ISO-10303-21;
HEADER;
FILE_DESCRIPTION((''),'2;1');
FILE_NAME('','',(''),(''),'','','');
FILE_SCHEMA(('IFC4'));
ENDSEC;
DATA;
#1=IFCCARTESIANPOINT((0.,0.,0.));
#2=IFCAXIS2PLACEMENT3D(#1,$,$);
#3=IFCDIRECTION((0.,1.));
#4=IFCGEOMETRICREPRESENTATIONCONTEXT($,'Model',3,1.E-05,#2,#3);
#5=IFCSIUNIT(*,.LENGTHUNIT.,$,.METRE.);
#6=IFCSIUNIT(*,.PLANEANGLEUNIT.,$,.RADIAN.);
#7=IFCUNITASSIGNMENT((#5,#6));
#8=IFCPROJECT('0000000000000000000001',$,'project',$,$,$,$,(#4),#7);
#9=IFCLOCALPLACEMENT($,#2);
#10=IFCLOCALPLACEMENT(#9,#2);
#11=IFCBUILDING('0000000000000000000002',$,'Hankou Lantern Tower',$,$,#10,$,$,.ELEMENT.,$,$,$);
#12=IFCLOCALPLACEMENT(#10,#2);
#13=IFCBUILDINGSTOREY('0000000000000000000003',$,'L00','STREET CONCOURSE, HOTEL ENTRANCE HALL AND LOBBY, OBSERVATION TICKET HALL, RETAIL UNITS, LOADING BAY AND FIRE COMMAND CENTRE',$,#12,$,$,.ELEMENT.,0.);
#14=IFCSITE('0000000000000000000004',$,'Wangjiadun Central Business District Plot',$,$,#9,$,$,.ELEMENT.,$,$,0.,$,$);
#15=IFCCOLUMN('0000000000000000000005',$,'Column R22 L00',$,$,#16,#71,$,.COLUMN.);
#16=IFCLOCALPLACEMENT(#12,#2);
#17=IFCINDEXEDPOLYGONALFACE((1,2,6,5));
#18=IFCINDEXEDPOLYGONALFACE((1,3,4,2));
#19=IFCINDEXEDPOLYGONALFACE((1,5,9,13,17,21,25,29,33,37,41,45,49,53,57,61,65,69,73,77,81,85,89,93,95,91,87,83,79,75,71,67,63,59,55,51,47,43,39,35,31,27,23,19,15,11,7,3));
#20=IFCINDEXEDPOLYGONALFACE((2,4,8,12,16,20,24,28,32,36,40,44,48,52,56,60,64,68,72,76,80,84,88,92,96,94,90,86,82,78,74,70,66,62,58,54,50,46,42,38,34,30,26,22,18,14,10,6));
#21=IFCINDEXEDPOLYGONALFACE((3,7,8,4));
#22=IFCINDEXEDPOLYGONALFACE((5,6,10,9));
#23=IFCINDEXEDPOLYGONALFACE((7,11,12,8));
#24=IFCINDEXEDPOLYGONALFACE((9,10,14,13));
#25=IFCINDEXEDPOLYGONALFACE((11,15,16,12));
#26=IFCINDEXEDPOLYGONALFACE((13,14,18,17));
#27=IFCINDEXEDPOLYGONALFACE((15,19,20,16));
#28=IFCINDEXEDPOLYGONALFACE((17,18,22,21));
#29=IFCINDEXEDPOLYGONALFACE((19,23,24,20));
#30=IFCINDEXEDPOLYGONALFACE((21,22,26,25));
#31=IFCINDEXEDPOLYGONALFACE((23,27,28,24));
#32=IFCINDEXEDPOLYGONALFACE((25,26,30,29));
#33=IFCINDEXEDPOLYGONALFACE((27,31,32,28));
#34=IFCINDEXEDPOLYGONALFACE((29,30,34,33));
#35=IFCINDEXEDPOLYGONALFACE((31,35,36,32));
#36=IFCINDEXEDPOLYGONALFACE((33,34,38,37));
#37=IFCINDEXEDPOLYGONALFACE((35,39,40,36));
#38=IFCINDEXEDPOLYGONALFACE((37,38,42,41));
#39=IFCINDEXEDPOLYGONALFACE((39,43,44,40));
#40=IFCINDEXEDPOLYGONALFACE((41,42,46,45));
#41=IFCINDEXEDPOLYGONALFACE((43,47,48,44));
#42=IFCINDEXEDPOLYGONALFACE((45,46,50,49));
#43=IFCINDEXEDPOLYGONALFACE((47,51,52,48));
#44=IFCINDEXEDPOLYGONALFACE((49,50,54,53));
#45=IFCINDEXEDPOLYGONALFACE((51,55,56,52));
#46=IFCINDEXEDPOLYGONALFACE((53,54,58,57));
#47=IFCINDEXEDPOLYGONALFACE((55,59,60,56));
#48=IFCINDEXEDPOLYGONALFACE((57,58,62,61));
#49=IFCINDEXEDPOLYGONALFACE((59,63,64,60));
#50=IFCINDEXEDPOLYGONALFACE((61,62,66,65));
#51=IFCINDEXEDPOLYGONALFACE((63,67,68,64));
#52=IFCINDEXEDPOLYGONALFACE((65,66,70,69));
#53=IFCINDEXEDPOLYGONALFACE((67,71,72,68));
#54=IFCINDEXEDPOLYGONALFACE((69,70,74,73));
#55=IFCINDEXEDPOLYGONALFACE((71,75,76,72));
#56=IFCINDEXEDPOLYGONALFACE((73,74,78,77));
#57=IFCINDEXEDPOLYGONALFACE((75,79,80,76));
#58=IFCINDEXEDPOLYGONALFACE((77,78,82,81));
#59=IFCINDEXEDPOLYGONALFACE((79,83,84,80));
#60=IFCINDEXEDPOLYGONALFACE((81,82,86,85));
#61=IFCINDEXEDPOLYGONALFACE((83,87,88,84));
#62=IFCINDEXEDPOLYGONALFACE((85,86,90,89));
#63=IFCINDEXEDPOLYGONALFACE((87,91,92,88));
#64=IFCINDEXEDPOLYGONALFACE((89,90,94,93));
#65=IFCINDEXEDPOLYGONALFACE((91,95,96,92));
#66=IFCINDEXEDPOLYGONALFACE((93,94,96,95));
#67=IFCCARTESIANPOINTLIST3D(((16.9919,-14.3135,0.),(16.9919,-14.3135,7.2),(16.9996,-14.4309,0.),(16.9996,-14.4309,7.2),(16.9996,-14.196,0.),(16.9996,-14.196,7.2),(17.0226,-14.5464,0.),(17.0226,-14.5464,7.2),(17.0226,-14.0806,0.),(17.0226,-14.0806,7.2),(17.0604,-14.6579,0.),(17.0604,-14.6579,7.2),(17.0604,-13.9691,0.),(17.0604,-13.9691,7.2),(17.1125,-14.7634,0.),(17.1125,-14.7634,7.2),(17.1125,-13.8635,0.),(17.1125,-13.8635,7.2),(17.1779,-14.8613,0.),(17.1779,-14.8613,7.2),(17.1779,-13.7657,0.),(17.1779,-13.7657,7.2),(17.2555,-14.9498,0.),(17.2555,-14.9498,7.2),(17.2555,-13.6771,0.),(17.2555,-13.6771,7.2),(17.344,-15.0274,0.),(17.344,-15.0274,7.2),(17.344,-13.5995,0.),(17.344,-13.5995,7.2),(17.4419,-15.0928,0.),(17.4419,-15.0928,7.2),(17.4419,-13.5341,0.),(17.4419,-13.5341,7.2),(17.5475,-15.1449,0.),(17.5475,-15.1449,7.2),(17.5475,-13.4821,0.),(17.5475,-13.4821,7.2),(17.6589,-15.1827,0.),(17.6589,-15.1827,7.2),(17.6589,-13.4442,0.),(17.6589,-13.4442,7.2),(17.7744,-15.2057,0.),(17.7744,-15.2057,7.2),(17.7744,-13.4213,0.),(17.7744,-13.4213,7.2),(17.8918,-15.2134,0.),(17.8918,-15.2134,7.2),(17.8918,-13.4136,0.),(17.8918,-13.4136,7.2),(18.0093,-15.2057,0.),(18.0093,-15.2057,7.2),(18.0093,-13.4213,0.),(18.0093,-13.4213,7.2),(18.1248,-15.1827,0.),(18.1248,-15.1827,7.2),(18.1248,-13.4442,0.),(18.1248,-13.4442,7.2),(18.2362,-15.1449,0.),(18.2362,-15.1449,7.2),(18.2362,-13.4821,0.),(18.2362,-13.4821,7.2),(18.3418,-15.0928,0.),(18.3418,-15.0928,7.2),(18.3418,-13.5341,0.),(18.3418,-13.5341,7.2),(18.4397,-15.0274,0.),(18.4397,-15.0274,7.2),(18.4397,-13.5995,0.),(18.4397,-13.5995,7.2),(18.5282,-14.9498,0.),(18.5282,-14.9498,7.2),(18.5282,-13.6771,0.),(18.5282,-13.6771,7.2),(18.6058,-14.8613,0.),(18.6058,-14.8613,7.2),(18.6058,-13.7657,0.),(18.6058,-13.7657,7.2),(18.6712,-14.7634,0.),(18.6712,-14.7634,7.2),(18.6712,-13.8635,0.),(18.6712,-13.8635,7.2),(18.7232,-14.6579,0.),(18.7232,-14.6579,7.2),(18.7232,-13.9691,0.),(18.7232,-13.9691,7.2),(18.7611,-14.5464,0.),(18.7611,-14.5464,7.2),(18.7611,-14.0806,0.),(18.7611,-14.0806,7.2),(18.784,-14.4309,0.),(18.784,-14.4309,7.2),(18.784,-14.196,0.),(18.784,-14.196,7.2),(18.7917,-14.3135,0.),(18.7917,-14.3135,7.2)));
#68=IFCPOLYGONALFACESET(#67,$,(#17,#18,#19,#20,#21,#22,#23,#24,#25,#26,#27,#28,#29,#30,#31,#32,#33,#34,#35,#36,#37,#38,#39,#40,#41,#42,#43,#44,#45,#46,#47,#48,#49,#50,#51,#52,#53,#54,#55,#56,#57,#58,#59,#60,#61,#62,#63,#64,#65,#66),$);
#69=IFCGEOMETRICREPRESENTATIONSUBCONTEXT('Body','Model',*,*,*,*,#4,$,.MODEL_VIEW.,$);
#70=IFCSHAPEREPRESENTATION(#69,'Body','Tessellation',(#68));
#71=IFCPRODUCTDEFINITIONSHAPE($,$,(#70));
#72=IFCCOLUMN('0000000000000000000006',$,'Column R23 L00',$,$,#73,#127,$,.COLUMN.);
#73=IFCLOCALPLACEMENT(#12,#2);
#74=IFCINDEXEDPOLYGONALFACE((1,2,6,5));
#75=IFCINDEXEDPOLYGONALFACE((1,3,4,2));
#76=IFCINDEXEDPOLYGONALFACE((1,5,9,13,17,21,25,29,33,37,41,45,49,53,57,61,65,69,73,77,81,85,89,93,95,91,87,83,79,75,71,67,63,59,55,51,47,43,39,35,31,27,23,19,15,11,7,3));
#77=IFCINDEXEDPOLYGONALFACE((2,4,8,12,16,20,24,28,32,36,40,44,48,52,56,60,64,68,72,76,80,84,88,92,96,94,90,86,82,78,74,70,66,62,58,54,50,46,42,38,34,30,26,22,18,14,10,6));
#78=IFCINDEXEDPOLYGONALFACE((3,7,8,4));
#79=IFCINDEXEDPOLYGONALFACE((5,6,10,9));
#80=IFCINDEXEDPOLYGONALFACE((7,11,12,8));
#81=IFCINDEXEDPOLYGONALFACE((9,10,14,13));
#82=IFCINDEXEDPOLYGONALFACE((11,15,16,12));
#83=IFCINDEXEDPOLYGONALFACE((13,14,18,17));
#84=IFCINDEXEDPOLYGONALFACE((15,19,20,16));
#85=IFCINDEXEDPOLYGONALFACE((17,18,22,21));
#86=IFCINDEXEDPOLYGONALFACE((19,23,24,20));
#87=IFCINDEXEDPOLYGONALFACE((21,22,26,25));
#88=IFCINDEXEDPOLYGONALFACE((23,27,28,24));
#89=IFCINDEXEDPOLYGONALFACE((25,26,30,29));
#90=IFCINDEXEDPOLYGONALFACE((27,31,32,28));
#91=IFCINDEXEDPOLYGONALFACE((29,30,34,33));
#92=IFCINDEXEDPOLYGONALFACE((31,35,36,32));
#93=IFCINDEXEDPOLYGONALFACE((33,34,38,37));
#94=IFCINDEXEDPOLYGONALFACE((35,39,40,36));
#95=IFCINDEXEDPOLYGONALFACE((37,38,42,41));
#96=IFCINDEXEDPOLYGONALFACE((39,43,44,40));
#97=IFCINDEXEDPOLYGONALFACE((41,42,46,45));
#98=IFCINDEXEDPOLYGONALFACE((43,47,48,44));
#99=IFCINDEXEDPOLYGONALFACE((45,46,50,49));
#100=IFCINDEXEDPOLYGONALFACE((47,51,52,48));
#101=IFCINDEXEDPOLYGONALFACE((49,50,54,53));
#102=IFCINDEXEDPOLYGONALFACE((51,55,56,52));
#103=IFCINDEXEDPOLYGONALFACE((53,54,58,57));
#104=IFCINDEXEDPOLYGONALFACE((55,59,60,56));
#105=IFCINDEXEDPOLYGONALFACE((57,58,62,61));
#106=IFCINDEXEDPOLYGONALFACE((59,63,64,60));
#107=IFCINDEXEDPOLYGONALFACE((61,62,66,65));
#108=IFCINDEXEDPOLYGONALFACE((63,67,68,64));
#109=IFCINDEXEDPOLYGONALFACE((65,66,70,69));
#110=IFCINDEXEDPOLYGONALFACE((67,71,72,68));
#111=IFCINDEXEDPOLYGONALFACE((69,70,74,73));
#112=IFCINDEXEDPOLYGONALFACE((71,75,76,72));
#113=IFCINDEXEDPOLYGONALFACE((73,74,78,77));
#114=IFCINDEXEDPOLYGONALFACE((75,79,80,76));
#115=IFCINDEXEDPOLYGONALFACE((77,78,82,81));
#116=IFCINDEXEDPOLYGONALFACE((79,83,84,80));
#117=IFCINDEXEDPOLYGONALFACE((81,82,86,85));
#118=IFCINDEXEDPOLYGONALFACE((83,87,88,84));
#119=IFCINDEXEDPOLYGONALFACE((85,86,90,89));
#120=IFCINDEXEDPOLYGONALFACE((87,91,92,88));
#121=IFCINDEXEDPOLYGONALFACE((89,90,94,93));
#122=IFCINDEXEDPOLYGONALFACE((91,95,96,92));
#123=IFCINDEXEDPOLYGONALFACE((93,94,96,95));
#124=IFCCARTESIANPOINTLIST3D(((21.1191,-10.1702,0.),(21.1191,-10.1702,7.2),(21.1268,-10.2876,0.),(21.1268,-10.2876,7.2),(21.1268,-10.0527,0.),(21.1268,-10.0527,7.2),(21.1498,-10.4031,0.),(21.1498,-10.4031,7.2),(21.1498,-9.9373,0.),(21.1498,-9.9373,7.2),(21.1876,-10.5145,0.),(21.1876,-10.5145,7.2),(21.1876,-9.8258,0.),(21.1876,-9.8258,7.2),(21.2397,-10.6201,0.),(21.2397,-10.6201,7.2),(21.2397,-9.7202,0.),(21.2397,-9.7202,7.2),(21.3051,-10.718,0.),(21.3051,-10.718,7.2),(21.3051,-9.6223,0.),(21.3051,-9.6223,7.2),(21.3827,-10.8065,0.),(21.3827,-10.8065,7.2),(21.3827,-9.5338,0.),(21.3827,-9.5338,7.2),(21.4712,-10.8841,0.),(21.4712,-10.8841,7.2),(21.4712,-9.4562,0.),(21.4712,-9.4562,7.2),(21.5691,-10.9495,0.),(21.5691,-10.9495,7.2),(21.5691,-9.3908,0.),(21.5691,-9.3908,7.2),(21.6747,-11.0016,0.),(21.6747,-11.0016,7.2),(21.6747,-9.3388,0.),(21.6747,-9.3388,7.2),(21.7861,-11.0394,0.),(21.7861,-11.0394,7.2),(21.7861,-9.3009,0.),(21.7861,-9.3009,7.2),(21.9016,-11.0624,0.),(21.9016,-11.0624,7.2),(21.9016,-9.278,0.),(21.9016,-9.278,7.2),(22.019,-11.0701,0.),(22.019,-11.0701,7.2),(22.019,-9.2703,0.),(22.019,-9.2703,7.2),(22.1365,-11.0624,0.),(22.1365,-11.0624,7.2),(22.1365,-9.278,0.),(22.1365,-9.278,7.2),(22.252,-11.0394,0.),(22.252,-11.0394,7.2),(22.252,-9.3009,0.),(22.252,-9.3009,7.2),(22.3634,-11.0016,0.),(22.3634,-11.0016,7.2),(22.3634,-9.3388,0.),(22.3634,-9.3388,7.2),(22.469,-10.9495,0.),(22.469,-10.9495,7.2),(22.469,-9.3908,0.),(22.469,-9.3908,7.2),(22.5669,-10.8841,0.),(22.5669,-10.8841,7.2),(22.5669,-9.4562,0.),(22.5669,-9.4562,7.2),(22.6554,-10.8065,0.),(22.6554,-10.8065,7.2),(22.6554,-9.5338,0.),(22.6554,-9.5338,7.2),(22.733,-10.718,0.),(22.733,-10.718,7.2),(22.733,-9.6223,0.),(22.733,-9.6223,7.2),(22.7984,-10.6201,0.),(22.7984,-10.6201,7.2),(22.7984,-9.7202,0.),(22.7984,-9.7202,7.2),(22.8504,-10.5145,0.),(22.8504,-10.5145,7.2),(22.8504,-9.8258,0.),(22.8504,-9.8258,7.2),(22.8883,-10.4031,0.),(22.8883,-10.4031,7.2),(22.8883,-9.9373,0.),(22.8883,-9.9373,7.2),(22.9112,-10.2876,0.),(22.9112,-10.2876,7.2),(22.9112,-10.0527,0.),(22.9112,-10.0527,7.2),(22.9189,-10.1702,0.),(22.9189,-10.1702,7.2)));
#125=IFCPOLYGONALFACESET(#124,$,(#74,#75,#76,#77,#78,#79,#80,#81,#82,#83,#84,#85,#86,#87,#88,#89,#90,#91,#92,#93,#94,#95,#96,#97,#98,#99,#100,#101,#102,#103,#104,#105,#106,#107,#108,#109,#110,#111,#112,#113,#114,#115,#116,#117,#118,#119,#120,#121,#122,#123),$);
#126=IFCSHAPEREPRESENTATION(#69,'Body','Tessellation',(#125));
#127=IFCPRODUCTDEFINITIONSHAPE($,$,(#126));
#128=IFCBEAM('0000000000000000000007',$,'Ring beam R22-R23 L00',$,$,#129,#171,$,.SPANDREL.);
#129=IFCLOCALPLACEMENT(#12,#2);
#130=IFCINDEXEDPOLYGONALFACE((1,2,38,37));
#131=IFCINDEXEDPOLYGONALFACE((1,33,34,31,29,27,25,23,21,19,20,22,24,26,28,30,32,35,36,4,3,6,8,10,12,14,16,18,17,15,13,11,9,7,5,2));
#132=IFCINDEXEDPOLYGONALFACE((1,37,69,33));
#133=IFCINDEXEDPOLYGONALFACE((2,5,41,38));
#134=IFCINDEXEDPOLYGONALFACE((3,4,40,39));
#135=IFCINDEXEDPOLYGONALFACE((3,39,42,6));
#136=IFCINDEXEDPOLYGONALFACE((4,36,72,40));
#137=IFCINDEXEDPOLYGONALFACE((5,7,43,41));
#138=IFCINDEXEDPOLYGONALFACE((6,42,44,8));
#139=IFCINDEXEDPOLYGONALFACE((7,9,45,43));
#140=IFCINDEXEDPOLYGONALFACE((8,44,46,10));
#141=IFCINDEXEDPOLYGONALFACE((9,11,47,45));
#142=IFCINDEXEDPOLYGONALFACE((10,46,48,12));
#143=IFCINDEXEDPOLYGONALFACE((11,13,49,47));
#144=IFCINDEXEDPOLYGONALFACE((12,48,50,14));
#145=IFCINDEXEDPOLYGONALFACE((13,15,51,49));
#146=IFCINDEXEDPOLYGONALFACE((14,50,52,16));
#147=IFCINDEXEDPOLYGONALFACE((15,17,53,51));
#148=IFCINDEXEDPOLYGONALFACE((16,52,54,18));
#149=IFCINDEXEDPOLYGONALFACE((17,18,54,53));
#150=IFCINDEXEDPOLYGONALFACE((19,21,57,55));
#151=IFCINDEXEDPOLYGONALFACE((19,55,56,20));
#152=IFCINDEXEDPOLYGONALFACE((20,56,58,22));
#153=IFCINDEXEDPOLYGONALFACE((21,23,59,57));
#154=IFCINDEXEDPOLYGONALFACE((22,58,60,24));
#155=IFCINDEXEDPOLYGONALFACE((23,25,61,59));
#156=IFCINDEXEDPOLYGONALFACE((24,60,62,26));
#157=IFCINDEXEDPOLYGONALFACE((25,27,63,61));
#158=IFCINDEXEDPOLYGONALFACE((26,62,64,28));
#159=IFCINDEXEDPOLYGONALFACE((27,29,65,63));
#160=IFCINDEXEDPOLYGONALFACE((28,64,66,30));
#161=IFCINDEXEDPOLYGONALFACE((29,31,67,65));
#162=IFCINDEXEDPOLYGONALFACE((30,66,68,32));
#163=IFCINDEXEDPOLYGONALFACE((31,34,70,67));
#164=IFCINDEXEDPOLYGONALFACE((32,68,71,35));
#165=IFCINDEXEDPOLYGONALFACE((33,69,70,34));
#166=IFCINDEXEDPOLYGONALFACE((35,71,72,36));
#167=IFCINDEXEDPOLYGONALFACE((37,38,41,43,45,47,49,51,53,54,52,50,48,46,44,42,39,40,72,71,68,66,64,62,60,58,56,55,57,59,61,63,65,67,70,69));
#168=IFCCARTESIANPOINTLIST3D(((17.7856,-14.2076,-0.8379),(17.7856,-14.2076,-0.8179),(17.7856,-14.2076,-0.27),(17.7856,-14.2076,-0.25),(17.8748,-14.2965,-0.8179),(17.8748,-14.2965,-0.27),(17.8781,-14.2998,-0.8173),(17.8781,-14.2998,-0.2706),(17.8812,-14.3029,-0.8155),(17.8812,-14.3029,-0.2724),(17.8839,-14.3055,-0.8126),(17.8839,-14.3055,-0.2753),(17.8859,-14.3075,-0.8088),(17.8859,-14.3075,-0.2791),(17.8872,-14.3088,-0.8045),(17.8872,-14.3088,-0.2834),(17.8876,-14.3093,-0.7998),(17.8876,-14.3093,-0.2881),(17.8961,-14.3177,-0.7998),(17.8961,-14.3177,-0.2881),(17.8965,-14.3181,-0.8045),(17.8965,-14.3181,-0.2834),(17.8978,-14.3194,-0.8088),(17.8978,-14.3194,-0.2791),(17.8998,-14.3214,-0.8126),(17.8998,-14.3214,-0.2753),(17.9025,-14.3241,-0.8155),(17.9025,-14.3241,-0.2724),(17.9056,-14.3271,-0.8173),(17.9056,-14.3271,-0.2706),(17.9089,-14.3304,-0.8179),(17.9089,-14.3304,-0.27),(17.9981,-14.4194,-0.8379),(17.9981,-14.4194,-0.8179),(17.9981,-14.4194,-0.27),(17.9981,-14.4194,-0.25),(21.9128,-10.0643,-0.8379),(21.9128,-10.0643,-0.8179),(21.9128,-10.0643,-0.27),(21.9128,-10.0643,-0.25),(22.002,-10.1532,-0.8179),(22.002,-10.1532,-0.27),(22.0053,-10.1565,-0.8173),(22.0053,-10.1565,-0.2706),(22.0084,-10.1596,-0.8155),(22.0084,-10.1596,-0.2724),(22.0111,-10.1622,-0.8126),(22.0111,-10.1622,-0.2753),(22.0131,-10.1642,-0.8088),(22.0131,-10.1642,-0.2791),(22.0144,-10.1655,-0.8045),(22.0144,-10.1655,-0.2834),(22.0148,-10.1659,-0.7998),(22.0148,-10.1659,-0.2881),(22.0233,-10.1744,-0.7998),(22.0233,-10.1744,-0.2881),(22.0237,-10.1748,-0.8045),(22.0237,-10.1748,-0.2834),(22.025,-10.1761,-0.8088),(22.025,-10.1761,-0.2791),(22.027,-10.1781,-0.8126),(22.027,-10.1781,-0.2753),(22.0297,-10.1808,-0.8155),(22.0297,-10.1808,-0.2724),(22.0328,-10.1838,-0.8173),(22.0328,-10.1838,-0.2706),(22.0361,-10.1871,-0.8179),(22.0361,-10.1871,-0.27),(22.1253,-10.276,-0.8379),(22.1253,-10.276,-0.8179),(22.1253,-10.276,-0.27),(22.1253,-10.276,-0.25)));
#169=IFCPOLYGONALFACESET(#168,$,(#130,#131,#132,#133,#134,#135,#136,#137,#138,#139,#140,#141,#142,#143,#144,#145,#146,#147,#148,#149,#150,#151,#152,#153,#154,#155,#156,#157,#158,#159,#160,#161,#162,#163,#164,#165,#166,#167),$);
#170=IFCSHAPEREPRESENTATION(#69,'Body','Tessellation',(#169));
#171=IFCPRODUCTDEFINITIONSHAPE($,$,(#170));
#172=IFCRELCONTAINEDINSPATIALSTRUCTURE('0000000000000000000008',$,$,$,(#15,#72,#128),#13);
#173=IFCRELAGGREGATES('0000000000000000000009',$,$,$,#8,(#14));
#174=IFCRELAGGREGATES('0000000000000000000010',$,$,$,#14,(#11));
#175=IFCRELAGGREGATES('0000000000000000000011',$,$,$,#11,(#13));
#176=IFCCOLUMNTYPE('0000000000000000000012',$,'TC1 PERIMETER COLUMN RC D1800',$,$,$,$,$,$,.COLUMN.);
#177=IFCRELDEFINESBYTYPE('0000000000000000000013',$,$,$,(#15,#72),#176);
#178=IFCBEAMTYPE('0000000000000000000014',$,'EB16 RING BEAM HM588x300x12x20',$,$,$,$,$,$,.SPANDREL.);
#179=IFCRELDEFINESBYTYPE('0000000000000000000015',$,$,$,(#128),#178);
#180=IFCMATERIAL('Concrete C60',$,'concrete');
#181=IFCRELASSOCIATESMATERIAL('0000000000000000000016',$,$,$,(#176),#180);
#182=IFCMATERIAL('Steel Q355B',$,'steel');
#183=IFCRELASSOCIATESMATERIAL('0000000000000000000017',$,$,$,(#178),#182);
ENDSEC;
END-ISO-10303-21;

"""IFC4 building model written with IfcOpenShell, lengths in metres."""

from ifc_helpers import new_model, si_unit, direction, frame, origin, origin_2d, place, context, subcontext, project, spatial, circle, i_section, extrude, material, material_profile, profile_set, type_object, element, save


model = new_model("IFC4")

# Units and contexts
model_context = context("Model", 3, precision=1e-05, world=origin(), true_north=direction((0.0, 1.0)))
body_context = subcontext(model_context, "Body", "Model", "MODEL_VIEW")
ifc_project = project(units=[si_unit("LENGTHUNIT", "METRE"), si_unit("PLANEANGLEUNIT", "RADIAN")], contexts=[model_context])

# Site, building, storey
site_placement = place(None, origin())
site = spatial("IfcSite", under=ifc_project, at=site_placement, Name="Wangjiadun Central Business District Plot", CompositionType="ELEMENT", RefElevation=0.0)
building_placement = place(site_placement, origin())
building = spatial("IfcBuilding", under=site, at=building_placement, Name="Hankou Lantern Tower", CompositionType="ELEMENT")
storey_placement = place(building_placement, origin())
storey = spatial("IfcBuildingStorey", under=building, at=storey_placement, Name="L00", Description="STREET CONCOURSE, HOTEL ENTRANCE HALL AND LOBBY, OBSERVATION TICKET HALL, RETAIL UNITS, LOADING BAY AND FIRE COMMAND CENTRE", CompositionType="ELEMENT", Elevation=0.0)

# Columns
ifc_material_1 = material(Name="Concrete C60", Category="concrete")
ifc_material_profile_1 = material_profile(ifc_material_1, circle(Radius=0.8999, at=origin_2d()), Name="RC D1800")
ifc_profile_set_1 = profile_set([ifc_material_profile_1], Name="Concrete C60")
column_type = type_object("IfcColumnType", Name="TC1 PERIMETER COLUMN RC D1800", PredefinedType="COLUMN", material=ifc_profile_set_1)
for number, where, z_axis, x_axis, name in (
    (1, (17.8918, -14.3135, 0.0), (0.0, 0.0, 1.0), (1.0, 0.0, 0.0), "Column R22 L00"),
    (2, (22.019, -10.1702, 0.0), (0.0, 0.0, 1.0), (1.0, 0.0, 0.0), "Column R23 L00"),
):
    element("IfcColumn", number, at=place(storey_placement, frame(where, z_axis=z_axis, x_axis=x_axis)), inside=storey, type_object=column_type, Name=name, PredefinedType="COLUMN", context=body_context, shape_type="SweptSolid", body=[
        extrude(circle(Radius=0.8999, at=origin_2d()), origin(), (0.0, 0.0, 1.0), 7.2),
    ])

# Beam
ifc_material_2 = material(Name="Steel Q355B", Category="steel")
ifc_material_profile_2 = material_profile(ifc_material_2, i_section(OverallWidth=0.3, OverallDepth=0.5879, WebThickness=0.012, FlangeThickness=0.02, FilletRadius=0.0181, at=origin_2d()), Name="HM588x300x12x20")
ifc_profile_set_2 = profile_set([ifc_material_profile_2], Name="Steel Q355B")
beam_type_1 = type_object("IfcBeamType", Name="EB16 RING BEAM HM588x300x12x20", PredefinedType="SPANDREL", material=ifc_profile_set_2)
beam_1_placement = place(storey_placement, frame((17.8918, -14.3135, -0.5439), z_axis=(0.705728, 0.708483, 0.0), x_axis=(-0.708483, 0.705728, 0.0)))
element("IfcBeam", 3, at=beam_1_placement, inside=storey, type_object=beam_type_1, Name="Ring beam R22-R23 L00", PredefinedType="SPANDREL", context=body_context, shape_type="SweptSolid", body=[
    extrude(i_section(OverallWidth=0.3, OverallDepth=0.5879, WebThickness=0.012, FlangeThickness=0.02, FilletRadius=0.0181, at=origin_2d()), origin(), (0.0, 0.0, 1.0), 5.8481),
])

save(model, "model.ifc")
